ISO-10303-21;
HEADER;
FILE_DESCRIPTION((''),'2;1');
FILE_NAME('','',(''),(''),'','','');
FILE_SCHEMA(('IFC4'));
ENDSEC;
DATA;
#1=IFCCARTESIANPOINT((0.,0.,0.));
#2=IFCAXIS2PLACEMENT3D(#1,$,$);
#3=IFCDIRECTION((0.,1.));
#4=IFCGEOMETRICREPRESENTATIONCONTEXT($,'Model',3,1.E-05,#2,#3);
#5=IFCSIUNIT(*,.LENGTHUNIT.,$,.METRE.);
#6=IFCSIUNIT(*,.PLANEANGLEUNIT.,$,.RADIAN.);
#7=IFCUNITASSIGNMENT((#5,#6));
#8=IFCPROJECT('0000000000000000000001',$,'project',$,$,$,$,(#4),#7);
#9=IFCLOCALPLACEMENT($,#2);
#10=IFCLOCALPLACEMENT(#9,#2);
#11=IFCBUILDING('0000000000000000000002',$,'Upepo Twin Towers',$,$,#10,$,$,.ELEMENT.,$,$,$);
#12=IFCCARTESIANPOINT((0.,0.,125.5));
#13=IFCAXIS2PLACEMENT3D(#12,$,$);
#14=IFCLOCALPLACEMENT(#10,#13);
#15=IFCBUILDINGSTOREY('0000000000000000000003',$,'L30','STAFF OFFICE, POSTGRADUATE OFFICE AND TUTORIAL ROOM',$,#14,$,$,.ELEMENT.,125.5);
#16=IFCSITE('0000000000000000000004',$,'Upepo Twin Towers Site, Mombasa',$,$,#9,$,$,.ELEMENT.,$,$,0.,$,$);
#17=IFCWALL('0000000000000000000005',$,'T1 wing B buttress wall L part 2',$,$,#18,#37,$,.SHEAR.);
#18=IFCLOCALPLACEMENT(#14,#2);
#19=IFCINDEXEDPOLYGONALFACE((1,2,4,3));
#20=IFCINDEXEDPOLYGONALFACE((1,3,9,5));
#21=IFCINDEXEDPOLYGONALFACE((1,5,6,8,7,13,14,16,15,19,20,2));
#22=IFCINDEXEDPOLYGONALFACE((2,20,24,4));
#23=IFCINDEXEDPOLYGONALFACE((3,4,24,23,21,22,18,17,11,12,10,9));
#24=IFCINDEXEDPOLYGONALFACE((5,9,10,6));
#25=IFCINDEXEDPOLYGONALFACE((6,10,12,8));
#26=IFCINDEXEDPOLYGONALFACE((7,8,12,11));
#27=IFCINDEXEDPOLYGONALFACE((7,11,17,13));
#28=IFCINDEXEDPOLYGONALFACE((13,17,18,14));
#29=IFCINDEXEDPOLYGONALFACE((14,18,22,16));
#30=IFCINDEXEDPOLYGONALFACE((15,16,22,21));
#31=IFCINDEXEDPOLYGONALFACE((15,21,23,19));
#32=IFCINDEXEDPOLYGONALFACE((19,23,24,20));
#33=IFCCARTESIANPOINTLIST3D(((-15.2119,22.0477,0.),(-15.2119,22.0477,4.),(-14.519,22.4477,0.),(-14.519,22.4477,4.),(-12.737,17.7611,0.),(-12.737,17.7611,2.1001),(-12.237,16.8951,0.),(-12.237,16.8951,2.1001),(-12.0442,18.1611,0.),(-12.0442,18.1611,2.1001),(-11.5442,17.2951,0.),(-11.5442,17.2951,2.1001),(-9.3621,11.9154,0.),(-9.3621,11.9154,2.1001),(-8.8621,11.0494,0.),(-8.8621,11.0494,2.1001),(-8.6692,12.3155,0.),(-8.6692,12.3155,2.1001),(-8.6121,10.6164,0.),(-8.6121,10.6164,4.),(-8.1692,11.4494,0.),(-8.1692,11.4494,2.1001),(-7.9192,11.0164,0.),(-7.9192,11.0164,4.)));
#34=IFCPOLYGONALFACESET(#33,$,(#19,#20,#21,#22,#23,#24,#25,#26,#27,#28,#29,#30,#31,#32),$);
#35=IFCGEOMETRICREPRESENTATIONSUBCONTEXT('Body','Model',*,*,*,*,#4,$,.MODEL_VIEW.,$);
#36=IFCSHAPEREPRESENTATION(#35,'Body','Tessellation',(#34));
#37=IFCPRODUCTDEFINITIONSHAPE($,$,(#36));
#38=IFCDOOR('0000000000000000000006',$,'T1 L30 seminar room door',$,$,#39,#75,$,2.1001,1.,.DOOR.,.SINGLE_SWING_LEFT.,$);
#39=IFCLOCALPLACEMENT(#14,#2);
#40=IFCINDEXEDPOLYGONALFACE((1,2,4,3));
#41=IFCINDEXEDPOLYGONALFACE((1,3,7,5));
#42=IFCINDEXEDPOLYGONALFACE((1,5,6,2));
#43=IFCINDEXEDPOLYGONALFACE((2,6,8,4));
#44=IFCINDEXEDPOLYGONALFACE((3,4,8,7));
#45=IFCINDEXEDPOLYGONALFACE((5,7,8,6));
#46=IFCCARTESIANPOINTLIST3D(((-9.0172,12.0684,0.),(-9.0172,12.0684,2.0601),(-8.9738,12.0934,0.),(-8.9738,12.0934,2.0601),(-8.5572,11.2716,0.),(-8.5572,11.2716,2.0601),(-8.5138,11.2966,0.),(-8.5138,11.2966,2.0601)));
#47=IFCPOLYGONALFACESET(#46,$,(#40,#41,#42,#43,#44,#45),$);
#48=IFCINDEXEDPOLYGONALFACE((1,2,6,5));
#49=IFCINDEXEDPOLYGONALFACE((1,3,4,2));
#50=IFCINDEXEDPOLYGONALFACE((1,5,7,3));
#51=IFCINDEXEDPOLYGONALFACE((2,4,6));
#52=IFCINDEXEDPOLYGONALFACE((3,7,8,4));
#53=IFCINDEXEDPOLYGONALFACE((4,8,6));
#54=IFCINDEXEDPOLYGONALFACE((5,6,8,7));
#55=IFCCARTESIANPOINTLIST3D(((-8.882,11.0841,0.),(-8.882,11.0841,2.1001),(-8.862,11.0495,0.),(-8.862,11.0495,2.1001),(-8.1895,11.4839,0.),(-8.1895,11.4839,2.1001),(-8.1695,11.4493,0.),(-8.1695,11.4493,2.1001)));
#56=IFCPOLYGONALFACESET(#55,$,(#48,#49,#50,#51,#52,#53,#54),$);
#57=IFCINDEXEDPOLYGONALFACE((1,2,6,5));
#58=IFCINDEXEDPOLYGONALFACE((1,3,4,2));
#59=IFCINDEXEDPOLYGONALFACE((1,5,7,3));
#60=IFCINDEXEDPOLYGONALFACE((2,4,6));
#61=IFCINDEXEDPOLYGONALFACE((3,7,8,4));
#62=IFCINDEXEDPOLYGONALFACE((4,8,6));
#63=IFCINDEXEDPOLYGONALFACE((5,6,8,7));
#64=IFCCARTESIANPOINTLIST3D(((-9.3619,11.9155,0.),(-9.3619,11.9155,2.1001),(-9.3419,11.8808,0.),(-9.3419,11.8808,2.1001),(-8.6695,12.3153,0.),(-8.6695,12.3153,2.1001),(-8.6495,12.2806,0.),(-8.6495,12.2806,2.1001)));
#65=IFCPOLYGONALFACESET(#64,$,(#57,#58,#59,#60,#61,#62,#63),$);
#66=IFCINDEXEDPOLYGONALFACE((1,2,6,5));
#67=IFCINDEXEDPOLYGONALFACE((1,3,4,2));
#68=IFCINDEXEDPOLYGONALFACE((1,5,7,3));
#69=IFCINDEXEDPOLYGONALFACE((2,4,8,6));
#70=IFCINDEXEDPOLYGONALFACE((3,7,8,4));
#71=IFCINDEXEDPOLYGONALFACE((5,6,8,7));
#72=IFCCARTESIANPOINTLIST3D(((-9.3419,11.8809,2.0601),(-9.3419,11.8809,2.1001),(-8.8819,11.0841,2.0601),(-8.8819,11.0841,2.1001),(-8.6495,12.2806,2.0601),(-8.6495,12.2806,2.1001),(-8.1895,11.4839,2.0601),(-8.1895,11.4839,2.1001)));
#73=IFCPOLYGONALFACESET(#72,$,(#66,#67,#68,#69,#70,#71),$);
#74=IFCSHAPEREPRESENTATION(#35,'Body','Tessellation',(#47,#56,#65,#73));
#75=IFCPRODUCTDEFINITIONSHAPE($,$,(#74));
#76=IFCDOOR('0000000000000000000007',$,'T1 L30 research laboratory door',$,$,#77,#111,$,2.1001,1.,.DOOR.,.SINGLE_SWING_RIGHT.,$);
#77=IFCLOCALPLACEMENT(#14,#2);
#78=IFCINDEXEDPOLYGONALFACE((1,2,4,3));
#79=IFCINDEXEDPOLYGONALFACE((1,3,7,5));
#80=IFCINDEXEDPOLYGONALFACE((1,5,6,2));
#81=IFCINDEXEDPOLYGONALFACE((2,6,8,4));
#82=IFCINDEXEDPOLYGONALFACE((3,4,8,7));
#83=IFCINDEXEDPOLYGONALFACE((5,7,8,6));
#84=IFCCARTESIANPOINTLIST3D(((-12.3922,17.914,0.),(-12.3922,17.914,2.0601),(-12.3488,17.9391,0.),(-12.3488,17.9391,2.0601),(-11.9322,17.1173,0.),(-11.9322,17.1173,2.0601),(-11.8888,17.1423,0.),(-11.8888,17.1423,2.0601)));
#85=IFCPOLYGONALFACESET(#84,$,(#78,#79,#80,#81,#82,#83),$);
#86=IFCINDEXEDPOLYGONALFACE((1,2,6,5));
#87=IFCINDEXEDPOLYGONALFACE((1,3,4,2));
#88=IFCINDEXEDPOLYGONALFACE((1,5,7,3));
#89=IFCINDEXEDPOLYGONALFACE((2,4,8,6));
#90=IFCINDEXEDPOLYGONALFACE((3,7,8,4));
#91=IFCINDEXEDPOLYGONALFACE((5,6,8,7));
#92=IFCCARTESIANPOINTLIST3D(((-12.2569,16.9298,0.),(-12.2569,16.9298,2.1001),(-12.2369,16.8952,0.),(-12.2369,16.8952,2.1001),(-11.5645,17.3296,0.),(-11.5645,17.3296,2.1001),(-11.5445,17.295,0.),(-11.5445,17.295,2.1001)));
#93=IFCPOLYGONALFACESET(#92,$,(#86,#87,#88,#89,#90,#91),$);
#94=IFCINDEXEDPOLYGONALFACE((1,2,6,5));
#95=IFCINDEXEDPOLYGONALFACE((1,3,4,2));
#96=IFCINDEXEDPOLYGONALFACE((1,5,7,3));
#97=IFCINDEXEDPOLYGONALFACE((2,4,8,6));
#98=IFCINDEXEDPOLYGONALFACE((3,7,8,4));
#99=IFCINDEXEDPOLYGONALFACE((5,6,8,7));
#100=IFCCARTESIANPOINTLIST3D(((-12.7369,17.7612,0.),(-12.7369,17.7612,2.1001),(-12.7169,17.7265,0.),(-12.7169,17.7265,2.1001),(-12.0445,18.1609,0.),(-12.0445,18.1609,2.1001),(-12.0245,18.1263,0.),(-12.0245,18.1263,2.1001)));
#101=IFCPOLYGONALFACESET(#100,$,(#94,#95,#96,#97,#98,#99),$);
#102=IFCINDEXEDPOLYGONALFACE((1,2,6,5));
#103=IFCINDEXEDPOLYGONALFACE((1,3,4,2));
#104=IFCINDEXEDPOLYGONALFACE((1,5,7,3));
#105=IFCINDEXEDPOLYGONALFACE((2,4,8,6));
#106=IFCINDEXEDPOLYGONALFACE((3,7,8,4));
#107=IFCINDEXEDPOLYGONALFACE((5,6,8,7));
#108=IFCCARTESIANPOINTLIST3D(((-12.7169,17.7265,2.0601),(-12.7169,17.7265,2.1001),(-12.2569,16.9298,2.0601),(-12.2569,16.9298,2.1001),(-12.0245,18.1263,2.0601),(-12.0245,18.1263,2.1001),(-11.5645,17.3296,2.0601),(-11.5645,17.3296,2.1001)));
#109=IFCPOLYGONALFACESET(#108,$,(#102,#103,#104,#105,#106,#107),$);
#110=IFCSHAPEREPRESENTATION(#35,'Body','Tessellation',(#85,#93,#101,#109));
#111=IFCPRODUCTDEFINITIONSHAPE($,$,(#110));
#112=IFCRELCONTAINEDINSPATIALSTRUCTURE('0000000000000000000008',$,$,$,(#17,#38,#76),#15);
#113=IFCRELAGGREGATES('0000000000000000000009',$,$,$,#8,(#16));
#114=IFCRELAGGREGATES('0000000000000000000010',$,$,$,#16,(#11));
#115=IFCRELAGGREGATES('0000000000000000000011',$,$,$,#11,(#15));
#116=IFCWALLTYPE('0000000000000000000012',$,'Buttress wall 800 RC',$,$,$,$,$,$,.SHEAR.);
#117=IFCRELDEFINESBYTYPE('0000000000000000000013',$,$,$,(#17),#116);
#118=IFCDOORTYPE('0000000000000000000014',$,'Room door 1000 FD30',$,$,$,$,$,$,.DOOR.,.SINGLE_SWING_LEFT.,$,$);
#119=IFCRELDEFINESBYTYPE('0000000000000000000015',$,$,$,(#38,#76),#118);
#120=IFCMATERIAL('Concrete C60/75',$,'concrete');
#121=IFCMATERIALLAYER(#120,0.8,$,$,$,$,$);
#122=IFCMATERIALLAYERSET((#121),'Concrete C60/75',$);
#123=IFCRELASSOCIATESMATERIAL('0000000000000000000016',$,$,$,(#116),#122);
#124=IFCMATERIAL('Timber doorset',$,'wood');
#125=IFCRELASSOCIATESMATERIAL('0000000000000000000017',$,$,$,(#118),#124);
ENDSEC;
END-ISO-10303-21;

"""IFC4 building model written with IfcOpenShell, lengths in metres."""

from ifc_helpers import new_model, si_unit, direction, frame, frame_2d, origin, place, context, subcontext, project, spatial, rectangle, extrude, material, layer, layer_set, type_object, element, fill, save


model = new_model("IFC4")

# Units and contexts
model_context = context("Model", 3, precision=1e-05, world=origin(), true_north=direction((0.0, 1.0)))
body_context = subcontext(model_context, "Body", "Model", "MODEL_VIEW")
ifc_project = project(units=[si_unit("LENGTHUNIT", "METRE"), si_unit("PLANEANGLEUNIT", "RADIAN")], contexts=[model_context])

# Site, building, storey
site_placement = place(None, origin())
site = spatial("IfcSite", under=ifc_project, at=site_placement, Name="Upepo Twin Towers Site, Mombasa", CompositionType="ELEMENT", RefElevation=0.0)
building_placement = place(site_placement, origin())
building = spatial("IfcBuilding", under=site, at=building_placement, Name="Upepo Twin Towers", CompositionType="ELEMENT")
storey_placement = place(building_placement, frame((0.0, 0.0, 125.5)))
storey = spatial("IfcBuildingStorey", under=building, at=storey_placement, Name="L30", Description="STAFF OFFICE, POSTGRADUATE OFFICE AND TUTORIAL ROOM", CompositionType="ELEMENT", Elevation=125.5)

# Wall, openings, doors
ifc_material_1 = material(Name="Concrete C60/75", Category="concrete")
ifc_layer_1 = layer(ifc_material_1, 0.8)
ifc_layer_set_1 = layer_set([ifc_layer_1], Name="Concrete C60/75")
wall_type_1 = type_object("IfcWallType", Name="Buttress wall 800 RC", PredefinedType="SHEAR", material=ifc_layer_set_1)
wall_1_placement = place(storey_placement, frame((-8.2656, 10.8164, 0.0), z_axis=(0.0, 0.0, 1.0), x_axis=(-0.499996, 0.866028, 0.0)))
wall_1 = element("IfcWall", 1, at=wall_1_placement, inside=storey, type_object=wall_type_1, Name="T1 wing B buttress wall L part 2", PredefinedType="SHEAR", context=body_context, shape_type="SweptSolid", body=[
    extrude(rectangle(XDim=13.1997, YDim=0.8, at=frame_2d((6.5999, 0.0))), origin(), (0.0, 0.0, 1.0), 4.0),
])
opening_1_placement = place(wall_1_placement, frame((0.5, 0.0, 0.0)))
opening_1 = element("IfcOpeningElement", 2, at=opening_1_placement, cuts=wall_1, PredefinedType="OPENING", context=body_context, shape_type="SweptSolid", body=[
    extrude(rectangle(XDim=1.0, YDim=2.1001, at=frame_2d((0.5, 1.05))), frame((0.0, 0.4099, 0.0), z_axis=(0.0, -1.0, 0.0), x_axis=(1.0, 0.0, 0.0)), (0.0, 0.0, 1.0), 0.8201),
])
opening_2_placement = place(wall_1_placement, frame((7.25, 0.0, 0.0)))
opening_2 = element("IfcOpeningElement", 3, at=opening_2_placement, cuts=wall_1, PredefinedType="OPENING", context=body_context, shape_type="SweptSolid", body=[
    extrude(rectangle(XDim=1.0, YDim=2.1001, at=frame_2d((0.5, 1.05))), frame((0.0, 0.4099, 0.0), z_axis=(0.0, -1.0, 0.0), x_axis=(1.0, 0.0, 0.0)), (0.0, 0.0, 1.0), 0.8201),
])
ifc_material_2 = material(Name="Timber doorset", Category="wood")
door_type_1 = type_object("IfcDoorType", Name="Room door 1000 FD30", OperationType="SINGLE_SWING_LEFT", PredefinedType="DOOR", material=ifc_material_2)
door_1_placement = place(opening_1_placement, origin())
door_1 = element("IfcDoor", 4, at=door_1_placement, inside=storey, type_object=door_type_1, Name="T1 L30 seminar room door", OperationType="SINGLE_SWING_LEFT", OverallHeight=2.1001, OverallWidth=1.0, PredefinedType="DOOR", context=body_context, shape_type="SweptSolid", body=[
    extrude(rectangle(XDim=0.92, YDim=2.0601, at=frame_2d((0.5, 1.03))), frame((0.0, 0.0249, 0.0), z_axis=(0.0, -1.0, 0.0), x_axis=(1.0, 0.0, 0.0)), (0.0, 0.0, 1.0), 0.05),
    extrude(rectangle(XDim=0.04, YDim=2.1001, at=frame_2d((0.02, 1.05))), frame((0.0, 0.3999, 0.0), z_axis=(0.0, -1.0, 0.0), x_axis=(1.0, 0.0, 0.0)), (0.0, 0.0, 1.0), 0.7996),
    extrude(rectangle(XDim=0.04, YDim=2.1001, at=frame_2d((0.98, 1.05))), frame((0.0, 0.3999, 0.0), z_axis=(0.0, -1.0, 0.0), x_axis=(1.0, 0.0, 0.0)), (0.0, 0.0, 1.0), 0.7996),
    extrude(rectangle(XDim=0.92, YDim=0.04, at=frame_2d((0.5, 2.0801))), frame((0.0, 0.3999, 0.0), z_axis=(0.0, -1.0, 0.0), x_axis=(1.0, 0.0, 0.0)), (0.0, 0.0, 1.0), 0.7996),
])
fill(opening_1, door_1)
door_2_placement = place(opening_2_placement, origin())
door_2 = element("IfcDoor", 5, at=door_2_placement, inside=storey, type_object=door_type_1, Name="T1 L30 research laboratory door", OperationType="SINGLE_SWING_RIGHT", OverallHeight=2.1001, OverallWidth=1.0, PredefinedType="DOOR", context=body_context, shape_type="SweptSolid", body=[
    extrude(rectangle(XDim=0.92, YDim=2.0601, at=frame_2d((0.5, 1.03))), frame((0.0, 0.0249, 0.0), z_axis=(0.0, -1.0, 0.0), x_axis=(1.0, 0.0, 0.0)), (0.0, 0.0, 1.0), 0.05),
    extrude(rectangle(XDim=0.04, YDim=2.1001, at=frame_2d((0.02, 1.05))), frame((0.0, 0.3999, 0.0), z_axis=(0.0, -1.0, 0.0), x_axis=(1.0, 0.0, 0.0)), (0.0, 0.0, 1.0), 0.7996),
    extrude(rectangle(XDim=0.04, YDim=2.1001, at=frame_2d((0.98, 1.05))), frame((0.0, 0.3999, 0.0), z_axis=(0.0, -1.0, 0.0), x_axis=(1.0, 0.0, 0.0)), (0.0, 0.0, 1.0), 0.7996),
    extrude(rectangle(XDim=0.92, YDim=0.04, at=frame_2d((0.5, 2.0801))), frame((0.0, 0.3999, 0.0), z_axis=(0.0, -1.0, 0.0), x_axis=(1.0, 0.0, 0.0)), (0.0, 0.0, 1.0), 0.7996),
])
fill(opening_2, door_2)

save(model, "model.ifc")
